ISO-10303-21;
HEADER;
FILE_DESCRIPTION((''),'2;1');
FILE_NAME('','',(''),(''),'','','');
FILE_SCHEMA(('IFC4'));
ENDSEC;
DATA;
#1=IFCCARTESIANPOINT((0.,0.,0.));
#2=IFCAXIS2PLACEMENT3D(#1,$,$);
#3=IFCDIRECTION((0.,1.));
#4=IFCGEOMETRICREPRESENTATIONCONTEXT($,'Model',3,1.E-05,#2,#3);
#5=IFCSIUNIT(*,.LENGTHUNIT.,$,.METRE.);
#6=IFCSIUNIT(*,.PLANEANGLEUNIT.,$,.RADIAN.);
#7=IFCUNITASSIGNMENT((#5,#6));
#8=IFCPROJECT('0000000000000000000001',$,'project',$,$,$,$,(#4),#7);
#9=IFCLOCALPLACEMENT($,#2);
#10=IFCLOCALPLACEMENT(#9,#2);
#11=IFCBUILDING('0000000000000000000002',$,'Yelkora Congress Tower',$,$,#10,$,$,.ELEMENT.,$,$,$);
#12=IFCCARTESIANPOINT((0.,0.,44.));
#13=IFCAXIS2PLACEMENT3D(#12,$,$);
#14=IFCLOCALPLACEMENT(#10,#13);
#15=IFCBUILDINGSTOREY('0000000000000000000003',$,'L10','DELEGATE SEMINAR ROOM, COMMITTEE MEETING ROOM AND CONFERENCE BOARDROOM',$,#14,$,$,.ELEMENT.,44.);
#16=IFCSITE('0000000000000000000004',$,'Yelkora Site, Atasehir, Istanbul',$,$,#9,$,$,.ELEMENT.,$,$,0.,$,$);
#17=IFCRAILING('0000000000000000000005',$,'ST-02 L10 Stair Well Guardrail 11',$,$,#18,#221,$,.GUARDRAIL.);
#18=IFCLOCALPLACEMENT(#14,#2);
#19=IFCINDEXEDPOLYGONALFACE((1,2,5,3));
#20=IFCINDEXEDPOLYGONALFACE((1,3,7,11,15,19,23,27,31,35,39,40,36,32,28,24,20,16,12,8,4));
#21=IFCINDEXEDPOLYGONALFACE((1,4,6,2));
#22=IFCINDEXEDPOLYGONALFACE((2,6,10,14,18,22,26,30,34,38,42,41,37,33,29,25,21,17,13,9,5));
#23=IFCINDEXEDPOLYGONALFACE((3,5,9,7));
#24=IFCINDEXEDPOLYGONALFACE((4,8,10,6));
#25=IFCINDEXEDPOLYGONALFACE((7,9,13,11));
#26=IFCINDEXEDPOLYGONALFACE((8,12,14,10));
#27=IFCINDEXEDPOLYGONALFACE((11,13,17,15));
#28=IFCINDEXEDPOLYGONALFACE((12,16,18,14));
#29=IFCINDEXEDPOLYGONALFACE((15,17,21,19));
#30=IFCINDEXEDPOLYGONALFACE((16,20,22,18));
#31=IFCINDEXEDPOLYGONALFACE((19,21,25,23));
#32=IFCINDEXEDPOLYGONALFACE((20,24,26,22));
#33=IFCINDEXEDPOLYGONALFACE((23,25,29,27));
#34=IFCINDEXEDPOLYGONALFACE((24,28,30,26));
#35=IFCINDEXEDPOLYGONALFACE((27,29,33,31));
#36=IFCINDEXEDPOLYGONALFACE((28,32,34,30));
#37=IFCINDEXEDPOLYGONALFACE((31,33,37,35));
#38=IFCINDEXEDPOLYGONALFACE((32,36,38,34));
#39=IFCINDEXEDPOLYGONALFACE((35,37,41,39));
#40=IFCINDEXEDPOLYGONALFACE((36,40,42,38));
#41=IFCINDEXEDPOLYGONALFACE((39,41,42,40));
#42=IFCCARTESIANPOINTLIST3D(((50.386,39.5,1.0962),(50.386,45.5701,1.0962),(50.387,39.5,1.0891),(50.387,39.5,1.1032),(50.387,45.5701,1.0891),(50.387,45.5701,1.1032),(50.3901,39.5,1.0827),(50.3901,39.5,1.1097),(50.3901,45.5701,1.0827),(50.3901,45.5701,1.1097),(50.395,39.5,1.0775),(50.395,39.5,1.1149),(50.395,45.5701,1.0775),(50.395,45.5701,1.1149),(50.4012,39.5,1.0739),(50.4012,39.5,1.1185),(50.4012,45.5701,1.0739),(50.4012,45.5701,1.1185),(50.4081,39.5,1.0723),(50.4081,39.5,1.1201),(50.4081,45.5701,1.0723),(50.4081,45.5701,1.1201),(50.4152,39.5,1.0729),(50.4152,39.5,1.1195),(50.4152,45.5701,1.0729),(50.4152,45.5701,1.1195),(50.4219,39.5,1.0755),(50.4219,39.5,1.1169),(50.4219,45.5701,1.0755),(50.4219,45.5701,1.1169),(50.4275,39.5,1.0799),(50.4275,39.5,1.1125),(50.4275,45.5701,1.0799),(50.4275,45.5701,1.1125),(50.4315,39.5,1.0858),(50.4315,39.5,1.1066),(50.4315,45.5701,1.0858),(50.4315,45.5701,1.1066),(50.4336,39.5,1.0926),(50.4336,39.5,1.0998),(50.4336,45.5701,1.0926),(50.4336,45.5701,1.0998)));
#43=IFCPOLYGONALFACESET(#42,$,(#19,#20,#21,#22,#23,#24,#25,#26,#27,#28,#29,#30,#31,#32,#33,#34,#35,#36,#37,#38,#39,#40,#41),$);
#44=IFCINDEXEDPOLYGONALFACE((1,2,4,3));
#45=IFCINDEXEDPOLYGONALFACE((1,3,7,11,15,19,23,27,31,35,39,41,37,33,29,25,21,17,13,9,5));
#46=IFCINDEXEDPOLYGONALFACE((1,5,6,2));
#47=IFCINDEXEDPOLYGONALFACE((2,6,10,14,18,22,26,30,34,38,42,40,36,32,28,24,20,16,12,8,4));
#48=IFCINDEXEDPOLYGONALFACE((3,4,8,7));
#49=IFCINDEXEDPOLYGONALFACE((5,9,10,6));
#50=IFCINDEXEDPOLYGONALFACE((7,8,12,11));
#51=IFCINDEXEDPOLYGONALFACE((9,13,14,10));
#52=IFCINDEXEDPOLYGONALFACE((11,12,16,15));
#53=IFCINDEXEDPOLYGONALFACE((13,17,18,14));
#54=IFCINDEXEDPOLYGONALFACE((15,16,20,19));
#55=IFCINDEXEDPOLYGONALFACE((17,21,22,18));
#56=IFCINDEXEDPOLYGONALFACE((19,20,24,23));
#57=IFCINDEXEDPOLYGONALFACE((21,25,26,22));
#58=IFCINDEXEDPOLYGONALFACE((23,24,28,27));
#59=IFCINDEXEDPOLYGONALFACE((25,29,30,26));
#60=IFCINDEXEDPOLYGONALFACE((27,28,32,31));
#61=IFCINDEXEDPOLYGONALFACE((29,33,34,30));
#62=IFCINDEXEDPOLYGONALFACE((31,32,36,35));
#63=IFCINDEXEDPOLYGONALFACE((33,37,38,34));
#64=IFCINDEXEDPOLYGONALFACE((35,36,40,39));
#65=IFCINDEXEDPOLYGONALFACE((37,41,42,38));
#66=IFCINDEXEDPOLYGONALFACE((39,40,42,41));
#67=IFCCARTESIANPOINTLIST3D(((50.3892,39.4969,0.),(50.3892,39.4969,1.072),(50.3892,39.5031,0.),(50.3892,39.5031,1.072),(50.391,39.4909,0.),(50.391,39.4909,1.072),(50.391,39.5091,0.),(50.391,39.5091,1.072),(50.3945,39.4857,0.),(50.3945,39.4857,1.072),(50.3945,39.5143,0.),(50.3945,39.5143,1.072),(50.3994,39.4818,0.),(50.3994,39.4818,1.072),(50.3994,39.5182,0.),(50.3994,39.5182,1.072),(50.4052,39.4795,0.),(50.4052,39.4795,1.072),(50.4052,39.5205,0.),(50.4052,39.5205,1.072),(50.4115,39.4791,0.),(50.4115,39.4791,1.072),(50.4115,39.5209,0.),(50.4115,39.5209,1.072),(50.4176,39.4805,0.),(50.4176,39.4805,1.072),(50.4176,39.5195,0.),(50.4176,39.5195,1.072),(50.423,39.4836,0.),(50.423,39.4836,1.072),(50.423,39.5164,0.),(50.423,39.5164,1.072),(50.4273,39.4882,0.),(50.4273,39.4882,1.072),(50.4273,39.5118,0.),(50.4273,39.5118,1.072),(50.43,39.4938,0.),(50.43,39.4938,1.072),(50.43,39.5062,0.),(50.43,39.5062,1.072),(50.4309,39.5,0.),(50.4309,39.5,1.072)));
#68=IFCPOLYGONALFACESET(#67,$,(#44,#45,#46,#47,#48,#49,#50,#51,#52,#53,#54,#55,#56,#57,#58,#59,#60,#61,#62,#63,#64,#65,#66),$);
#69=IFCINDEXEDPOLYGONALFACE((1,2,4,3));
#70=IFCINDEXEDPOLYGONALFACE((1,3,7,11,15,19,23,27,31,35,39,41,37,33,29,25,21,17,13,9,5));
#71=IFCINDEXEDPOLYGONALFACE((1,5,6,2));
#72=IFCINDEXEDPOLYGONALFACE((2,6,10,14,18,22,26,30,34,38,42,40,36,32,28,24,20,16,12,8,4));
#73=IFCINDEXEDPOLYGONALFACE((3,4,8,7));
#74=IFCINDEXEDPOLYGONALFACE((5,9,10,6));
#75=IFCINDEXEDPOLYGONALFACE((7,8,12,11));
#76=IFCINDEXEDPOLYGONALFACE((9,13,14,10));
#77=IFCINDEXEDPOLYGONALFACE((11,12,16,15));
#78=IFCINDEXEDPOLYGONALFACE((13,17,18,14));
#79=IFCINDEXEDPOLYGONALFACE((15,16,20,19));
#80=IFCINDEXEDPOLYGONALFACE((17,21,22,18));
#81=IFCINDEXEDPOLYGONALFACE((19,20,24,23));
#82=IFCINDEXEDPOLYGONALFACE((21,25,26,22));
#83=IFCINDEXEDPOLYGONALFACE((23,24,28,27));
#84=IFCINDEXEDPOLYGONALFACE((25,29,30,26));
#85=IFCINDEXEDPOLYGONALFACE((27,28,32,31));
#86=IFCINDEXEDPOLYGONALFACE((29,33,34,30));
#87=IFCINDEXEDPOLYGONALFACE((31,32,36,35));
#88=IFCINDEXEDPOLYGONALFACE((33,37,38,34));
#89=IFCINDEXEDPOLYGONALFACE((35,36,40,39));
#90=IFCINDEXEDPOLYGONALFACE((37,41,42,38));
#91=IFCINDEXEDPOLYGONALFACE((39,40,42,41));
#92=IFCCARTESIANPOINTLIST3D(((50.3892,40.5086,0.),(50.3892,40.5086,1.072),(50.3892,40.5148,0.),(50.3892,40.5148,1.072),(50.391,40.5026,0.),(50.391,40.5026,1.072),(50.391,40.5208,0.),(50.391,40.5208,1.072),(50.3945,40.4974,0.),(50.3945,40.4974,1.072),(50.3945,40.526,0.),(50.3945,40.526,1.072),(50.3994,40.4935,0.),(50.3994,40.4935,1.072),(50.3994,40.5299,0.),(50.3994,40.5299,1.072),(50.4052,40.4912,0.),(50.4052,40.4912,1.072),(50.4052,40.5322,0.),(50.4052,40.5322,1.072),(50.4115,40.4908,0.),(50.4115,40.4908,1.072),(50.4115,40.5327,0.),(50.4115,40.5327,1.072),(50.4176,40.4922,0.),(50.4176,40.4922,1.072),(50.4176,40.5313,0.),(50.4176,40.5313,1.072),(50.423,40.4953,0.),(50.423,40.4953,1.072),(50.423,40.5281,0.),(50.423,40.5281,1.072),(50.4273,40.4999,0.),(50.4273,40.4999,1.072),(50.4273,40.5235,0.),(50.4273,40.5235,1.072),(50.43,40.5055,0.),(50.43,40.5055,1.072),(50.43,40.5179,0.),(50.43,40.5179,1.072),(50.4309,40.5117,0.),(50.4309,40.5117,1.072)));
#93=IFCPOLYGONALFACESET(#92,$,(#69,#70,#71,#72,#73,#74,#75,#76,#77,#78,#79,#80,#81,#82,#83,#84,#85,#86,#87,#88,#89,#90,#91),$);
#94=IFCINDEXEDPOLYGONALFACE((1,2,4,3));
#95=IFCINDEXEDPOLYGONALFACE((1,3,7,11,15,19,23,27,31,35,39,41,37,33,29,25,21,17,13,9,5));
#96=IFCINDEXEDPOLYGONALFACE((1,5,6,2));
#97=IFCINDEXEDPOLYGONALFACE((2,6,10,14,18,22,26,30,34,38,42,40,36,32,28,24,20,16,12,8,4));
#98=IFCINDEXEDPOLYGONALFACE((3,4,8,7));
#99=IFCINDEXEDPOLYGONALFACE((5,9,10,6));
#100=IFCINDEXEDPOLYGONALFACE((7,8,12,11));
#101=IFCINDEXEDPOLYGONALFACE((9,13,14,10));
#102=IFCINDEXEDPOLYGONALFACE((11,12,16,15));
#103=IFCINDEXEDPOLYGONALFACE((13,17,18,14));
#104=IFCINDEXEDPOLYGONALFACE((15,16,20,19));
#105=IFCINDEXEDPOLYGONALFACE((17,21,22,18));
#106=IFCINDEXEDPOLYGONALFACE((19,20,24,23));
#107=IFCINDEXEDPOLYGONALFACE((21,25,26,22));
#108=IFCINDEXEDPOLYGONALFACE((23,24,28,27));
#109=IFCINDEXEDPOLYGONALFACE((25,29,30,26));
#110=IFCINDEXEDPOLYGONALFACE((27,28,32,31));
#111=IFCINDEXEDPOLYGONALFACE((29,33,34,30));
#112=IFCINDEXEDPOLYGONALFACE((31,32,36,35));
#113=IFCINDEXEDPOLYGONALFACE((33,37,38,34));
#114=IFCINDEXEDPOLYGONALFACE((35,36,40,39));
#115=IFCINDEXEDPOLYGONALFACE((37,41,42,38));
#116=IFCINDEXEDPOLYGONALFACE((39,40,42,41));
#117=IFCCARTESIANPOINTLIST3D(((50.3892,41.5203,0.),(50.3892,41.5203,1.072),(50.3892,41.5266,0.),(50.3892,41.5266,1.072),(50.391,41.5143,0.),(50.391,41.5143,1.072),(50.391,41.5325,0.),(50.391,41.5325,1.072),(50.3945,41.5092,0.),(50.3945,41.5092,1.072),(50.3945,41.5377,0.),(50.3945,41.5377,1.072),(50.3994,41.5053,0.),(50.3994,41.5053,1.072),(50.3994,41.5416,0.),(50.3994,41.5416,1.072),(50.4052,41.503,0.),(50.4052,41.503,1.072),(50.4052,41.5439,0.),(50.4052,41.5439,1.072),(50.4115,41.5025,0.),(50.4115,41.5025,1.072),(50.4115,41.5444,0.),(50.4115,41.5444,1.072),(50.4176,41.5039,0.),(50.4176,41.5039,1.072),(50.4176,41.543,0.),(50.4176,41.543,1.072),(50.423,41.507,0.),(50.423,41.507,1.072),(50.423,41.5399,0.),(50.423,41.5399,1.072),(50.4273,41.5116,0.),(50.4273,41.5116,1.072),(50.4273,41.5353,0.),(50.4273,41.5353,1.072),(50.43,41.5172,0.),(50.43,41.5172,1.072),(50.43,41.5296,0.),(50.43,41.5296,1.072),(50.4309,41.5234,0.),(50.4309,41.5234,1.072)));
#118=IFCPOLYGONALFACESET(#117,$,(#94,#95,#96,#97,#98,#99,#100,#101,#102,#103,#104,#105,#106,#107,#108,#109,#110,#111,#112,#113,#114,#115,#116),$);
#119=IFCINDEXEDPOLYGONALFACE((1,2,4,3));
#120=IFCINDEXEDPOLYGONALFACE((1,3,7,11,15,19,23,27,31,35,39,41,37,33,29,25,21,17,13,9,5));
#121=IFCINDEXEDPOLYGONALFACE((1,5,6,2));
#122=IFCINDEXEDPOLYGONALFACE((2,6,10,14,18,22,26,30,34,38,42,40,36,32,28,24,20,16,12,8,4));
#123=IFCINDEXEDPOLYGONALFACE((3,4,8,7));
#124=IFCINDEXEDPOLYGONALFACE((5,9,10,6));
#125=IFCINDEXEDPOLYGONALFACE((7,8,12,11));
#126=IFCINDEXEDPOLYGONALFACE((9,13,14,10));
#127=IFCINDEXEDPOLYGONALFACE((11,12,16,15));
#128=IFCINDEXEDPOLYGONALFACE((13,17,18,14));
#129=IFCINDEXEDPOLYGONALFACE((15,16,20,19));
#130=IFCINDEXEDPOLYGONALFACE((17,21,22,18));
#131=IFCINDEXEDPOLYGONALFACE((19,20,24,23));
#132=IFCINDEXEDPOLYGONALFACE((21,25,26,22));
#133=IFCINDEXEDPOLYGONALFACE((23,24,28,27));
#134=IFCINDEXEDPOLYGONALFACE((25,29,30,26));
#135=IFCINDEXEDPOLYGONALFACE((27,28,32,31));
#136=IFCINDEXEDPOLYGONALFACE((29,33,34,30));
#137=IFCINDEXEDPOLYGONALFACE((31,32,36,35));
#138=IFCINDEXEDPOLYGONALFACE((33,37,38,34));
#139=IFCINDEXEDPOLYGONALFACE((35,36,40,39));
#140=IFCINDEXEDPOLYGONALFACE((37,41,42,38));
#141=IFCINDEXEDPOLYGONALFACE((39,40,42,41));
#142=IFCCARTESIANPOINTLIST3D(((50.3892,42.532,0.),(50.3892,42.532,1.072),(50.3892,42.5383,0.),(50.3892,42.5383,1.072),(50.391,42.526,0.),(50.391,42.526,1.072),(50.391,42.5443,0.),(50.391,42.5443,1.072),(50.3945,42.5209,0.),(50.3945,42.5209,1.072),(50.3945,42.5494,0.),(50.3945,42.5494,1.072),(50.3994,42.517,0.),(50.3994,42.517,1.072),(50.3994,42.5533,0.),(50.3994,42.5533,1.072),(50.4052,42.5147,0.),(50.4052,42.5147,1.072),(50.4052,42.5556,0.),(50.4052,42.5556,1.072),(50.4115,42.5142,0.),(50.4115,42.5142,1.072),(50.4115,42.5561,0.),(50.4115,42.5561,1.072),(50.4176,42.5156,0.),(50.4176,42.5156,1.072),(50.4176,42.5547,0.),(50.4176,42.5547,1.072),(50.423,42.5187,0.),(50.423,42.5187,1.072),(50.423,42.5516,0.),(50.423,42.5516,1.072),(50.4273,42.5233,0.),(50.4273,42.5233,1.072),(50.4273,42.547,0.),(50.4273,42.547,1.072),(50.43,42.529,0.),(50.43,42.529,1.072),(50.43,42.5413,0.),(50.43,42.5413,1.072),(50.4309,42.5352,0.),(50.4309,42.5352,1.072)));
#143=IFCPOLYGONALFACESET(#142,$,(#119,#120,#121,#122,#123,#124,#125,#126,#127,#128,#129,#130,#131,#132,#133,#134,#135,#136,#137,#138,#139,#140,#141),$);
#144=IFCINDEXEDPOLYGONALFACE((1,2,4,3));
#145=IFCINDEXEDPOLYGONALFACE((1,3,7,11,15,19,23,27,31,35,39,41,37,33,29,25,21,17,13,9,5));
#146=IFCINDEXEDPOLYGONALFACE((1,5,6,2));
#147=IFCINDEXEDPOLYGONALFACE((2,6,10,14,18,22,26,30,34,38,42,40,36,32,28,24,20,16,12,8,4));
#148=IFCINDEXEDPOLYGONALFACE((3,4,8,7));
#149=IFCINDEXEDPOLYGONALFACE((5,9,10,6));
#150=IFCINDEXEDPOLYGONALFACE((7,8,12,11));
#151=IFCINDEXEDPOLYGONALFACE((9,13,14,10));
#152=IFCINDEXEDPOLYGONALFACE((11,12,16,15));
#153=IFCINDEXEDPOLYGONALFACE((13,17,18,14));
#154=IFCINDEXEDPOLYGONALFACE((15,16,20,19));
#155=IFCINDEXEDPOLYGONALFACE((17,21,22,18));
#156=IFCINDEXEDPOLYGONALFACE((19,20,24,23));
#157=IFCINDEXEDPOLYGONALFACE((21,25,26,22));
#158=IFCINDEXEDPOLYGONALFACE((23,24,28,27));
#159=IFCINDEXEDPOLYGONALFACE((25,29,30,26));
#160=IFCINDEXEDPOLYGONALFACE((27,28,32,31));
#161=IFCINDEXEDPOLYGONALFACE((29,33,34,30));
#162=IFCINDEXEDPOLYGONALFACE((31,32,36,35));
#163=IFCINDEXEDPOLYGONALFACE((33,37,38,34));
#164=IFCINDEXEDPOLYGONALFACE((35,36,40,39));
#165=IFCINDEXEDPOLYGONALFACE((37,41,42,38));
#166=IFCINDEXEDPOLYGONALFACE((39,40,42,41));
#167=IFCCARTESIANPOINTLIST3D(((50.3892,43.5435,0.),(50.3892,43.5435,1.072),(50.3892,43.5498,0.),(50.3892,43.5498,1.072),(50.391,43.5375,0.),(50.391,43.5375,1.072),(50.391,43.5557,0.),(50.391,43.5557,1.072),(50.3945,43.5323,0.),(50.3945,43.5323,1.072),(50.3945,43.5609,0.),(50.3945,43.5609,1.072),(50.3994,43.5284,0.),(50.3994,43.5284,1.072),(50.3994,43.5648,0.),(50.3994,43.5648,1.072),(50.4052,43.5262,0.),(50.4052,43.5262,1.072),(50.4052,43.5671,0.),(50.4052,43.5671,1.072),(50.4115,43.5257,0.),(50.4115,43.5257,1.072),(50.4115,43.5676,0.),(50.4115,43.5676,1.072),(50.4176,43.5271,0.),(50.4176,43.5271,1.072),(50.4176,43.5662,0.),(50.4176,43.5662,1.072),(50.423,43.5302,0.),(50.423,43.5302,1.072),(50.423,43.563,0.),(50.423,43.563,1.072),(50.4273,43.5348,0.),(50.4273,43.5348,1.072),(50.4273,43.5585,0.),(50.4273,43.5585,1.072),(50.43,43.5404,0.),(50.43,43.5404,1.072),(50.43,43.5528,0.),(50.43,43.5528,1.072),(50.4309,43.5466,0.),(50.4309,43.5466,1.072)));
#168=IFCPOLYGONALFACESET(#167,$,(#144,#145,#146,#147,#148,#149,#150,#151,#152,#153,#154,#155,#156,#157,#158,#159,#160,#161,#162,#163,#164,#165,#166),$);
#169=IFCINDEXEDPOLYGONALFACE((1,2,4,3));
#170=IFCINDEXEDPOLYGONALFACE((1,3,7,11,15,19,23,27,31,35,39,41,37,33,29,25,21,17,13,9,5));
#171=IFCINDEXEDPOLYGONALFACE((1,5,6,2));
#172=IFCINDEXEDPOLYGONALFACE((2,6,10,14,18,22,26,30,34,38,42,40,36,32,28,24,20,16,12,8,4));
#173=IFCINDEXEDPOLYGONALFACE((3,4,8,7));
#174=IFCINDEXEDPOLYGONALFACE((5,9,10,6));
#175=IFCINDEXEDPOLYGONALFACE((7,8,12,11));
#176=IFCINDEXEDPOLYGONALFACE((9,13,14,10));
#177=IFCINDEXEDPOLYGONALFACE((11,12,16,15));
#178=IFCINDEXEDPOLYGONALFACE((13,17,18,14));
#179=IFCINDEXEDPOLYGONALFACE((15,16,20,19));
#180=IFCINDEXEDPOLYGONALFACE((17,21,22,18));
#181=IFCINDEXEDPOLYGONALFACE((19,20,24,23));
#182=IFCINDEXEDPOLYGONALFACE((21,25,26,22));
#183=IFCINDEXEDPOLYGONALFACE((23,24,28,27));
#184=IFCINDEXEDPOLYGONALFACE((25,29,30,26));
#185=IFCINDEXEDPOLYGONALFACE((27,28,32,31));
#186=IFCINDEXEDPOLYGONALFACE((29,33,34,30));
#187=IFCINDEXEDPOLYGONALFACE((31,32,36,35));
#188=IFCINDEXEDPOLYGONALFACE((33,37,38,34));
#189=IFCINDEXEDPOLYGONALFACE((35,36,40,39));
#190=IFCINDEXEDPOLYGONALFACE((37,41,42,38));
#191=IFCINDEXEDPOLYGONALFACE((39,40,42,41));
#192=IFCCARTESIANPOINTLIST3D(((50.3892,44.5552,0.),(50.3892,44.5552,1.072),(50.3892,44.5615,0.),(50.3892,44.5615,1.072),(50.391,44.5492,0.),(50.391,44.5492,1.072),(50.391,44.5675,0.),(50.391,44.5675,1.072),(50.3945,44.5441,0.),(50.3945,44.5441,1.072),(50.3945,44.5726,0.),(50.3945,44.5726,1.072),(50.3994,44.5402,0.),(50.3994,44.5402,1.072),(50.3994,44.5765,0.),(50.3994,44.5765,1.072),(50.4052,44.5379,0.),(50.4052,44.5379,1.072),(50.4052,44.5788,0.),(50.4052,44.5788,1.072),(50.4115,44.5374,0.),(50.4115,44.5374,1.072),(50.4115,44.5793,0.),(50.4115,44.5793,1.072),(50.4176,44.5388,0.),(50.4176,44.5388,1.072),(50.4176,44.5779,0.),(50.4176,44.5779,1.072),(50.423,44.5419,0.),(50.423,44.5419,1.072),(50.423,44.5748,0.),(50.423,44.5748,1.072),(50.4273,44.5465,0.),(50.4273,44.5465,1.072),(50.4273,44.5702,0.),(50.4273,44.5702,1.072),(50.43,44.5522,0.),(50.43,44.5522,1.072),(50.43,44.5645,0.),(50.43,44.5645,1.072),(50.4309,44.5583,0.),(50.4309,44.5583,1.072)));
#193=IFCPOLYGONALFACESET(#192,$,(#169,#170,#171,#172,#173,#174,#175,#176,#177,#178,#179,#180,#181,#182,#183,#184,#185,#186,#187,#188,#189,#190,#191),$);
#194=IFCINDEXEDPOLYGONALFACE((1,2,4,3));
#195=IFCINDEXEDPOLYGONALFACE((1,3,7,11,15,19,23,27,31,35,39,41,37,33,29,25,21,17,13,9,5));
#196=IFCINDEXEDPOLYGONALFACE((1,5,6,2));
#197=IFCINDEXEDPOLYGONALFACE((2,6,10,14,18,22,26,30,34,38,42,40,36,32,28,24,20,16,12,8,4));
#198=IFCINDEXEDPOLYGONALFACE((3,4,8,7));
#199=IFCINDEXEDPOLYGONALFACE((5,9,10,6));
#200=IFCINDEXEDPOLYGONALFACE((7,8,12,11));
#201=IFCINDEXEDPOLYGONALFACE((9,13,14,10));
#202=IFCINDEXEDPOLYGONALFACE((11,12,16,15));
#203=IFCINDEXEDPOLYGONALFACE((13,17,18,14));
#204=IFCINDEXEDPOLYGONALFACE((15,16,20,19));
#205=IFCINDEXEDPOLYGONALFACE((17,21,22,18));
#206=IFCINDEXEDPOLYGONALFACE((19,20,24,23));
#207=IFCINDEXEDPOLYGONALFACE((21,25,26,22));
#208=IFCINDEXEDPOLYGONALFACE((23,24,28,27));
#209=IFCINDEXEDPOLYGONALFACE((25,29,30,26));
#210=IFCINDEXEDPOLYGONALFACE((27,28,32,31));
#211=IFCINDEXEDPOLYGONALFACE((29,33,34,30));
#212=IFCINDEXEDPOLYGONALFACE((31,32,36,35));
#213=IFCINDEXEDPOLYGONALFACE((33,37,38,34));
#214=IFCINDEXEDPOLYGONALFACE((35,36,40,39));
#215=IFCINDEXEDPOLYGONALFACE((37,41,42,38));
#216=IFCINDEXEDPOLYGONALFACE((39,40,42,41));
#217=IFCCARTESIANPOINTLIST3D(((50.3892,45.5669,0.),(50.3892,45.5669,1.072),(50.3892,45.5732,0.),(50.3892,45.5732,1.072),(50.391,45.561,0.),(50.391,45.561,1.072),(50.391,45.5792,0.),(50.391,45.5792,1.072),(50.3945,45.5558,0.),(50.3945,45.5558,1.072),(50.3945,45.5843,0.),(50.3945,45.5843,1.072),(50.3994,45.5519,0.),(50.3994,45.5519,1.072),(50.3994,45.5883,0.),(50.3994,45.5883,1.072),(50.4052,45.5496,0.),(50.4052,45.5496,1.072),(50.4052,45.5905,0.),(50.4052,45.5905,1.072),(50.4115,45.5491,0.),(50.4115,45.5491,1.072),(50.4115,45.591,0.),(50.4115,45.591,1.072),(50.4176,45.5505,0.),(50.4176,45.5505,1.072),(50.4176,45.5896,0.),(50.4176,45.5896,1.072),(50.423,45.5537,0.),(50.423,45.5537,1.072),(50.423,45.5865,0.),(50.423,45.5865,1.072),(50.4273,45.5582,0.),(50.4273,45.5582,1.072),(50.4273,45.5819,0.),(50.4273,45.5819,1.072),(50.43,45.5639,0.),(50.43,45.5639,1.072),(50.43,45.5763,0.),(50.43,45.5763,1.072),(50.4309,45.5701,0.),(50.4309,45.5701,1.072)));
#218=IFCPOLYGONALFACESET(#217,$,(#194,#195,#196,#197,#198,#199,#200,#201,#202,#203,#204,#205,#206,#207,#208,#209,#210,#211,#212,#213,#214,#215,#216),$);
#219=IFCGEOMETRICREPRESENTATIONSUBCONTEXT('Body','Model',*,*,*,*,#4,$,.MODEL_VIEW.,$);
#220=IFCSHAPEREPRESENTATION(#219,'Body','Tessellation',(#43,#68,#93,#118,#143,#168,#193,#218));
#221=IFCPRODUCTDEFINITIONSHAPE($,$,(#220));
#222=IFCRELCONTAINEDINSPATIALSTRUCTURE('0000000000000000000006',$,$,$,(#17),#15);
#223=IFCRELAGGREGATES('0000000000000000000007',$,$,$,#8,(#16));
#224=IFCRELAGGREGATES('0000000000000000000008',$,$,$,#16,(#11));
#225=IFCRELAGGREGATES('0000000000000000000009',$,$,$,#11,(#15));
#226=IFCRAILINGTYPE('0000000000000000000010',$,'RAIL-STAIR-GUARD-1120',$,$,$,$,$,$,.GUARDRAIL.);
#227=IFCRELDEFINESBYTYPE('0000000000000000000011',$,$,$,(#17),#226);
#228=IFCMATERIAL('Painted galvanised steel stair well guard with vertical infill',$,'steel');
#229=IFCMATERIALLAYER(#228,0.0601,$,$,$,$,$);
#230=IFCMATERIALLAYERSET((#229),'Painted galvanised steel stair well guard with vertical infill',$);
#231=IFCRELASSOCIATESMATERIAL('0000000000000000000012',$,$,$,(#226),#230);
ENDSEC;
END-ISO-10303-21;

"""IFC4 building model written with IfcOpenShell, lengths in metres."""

from ifc_helpers import new_model, si_unit, direction, frame, origin, origin_2d, place, context, subcontext, project, spatial, circle, extrude, material, layer, layer_set, type_object, element, save


model = new_model("IFC4")

# Units and contexts
model_context = context("Model", 3, precision=1e-05, world=origin(), true_north=direction((0.0, 1.0)))
body_context = subcontext(model_context, "Body", "Model", "MODEL_VIEW")
ifc_project = project(units=[si_unit("LENGTHUNIT", "METRE"), si_unit("PLANEANGLEUNIT", "RADIAN")], contexts=[model_context])

# Site, building, storey
site_placement = place(None, origin())
site = spatial("IfcSite", under=ifc_project, at=site_placement, Name="Yelkora Site, Atasehir, Istanbul", CompositionType="ELEMENT", RefElevation=0.0)
building_placement = place(site_placement, origin())
building = spatial("IfcBuilding", under=site, at=building_placement, Name="Yelkora Congress Tower", CompositionType="ELEMENT")
storey_placement = place(building_placement, frame((0.0, 0.0, 44.0)))
storey = spatial("IfcBuildingStorey", under=building, at=storey_placement, Name="L10", Description="DELEGATE SEMINAR ROOM, COMMITTEE MEETING ROOM AND CONFERENCE BOARDROOM", CompositionType="ELEMENT", Elevation=44.0)

# Railing
ifc_material_1 = material(Name="Painted galvanised steel stair well guard with vertical infill", Category="steel")
ifc_layer_1 = layer(ifc_material_1, 0.0601)
ifc_layer_set_1 = layer_set([ifc_layer_1], Name="Painted galvanised steel stair well guard with vertical infill")
railing_type_1 = type_object("IfcRailingType", Name="RAIL-STAIR-GUARD-1120", PredefinedType="GUARDRAIL", material=ifc_layer_set_1)
railing_1_placement = place(storey_placement, frame((50.4099, 39.5, 0.0)))
element("IfcRailing", 1, at=railing_1_placement, inside=storey, type_object=railing_type_1, Name="ST-02 L10 Stair Well Guardrail 11", PredefinedType="GUARDRAIL", context=body_context, shape_type="SweptSolid", body=[
    extrude(circle(Radius=0.0239, at=origin_2d()), frame((0.0, 0.0, 1.0962), z_axis=(0.0, 1.0, 0.0), x_axis=(-1.0, 0.0, 0.0)), (0.0, 0.0, 1.0), 6.0701),
    extrude(circle(Radius=0.021, at=origin_2d()), origin(), (0.0, 0.0, 1.0), 1.072),
    extrude(circle(Radius=0.021, at=origin_2d()), frame((0.0, 1.0117, 0.0)), (0.0, 0.0, 1.0), 1.072),
    extrude(circle(Radius=0.021, at=origin_2d()), frame((0.0, 2.0234, 0.0)), (0.0, 0.0, 1.0), 1.072),
    extrude(circle(Radius=0.021, at=origin_2d()), frame((0.0, 3.0352, 0.0)), (0.0, 0.0, 1.0), 1.072),
    extrude(circle(Radius=0.021, at=origin_2d()), frame((0.0, 4.0466, 0.0)), (0.0, 0.0, 1.0), 1.072),
    extrude(circle(Radius=0.021, at=origin_2d()), frame((0.0, 5.0583, 0.0)), (0.0, 0.0, 1.0), 1.072),
    extrude(circle(Radius=0.021, at=origin_2d()), frame((0.0, 6.0701, 0.0)), (0.0, 0.0, 1.0), 1.072),
])

save(model, "model.ifc")
